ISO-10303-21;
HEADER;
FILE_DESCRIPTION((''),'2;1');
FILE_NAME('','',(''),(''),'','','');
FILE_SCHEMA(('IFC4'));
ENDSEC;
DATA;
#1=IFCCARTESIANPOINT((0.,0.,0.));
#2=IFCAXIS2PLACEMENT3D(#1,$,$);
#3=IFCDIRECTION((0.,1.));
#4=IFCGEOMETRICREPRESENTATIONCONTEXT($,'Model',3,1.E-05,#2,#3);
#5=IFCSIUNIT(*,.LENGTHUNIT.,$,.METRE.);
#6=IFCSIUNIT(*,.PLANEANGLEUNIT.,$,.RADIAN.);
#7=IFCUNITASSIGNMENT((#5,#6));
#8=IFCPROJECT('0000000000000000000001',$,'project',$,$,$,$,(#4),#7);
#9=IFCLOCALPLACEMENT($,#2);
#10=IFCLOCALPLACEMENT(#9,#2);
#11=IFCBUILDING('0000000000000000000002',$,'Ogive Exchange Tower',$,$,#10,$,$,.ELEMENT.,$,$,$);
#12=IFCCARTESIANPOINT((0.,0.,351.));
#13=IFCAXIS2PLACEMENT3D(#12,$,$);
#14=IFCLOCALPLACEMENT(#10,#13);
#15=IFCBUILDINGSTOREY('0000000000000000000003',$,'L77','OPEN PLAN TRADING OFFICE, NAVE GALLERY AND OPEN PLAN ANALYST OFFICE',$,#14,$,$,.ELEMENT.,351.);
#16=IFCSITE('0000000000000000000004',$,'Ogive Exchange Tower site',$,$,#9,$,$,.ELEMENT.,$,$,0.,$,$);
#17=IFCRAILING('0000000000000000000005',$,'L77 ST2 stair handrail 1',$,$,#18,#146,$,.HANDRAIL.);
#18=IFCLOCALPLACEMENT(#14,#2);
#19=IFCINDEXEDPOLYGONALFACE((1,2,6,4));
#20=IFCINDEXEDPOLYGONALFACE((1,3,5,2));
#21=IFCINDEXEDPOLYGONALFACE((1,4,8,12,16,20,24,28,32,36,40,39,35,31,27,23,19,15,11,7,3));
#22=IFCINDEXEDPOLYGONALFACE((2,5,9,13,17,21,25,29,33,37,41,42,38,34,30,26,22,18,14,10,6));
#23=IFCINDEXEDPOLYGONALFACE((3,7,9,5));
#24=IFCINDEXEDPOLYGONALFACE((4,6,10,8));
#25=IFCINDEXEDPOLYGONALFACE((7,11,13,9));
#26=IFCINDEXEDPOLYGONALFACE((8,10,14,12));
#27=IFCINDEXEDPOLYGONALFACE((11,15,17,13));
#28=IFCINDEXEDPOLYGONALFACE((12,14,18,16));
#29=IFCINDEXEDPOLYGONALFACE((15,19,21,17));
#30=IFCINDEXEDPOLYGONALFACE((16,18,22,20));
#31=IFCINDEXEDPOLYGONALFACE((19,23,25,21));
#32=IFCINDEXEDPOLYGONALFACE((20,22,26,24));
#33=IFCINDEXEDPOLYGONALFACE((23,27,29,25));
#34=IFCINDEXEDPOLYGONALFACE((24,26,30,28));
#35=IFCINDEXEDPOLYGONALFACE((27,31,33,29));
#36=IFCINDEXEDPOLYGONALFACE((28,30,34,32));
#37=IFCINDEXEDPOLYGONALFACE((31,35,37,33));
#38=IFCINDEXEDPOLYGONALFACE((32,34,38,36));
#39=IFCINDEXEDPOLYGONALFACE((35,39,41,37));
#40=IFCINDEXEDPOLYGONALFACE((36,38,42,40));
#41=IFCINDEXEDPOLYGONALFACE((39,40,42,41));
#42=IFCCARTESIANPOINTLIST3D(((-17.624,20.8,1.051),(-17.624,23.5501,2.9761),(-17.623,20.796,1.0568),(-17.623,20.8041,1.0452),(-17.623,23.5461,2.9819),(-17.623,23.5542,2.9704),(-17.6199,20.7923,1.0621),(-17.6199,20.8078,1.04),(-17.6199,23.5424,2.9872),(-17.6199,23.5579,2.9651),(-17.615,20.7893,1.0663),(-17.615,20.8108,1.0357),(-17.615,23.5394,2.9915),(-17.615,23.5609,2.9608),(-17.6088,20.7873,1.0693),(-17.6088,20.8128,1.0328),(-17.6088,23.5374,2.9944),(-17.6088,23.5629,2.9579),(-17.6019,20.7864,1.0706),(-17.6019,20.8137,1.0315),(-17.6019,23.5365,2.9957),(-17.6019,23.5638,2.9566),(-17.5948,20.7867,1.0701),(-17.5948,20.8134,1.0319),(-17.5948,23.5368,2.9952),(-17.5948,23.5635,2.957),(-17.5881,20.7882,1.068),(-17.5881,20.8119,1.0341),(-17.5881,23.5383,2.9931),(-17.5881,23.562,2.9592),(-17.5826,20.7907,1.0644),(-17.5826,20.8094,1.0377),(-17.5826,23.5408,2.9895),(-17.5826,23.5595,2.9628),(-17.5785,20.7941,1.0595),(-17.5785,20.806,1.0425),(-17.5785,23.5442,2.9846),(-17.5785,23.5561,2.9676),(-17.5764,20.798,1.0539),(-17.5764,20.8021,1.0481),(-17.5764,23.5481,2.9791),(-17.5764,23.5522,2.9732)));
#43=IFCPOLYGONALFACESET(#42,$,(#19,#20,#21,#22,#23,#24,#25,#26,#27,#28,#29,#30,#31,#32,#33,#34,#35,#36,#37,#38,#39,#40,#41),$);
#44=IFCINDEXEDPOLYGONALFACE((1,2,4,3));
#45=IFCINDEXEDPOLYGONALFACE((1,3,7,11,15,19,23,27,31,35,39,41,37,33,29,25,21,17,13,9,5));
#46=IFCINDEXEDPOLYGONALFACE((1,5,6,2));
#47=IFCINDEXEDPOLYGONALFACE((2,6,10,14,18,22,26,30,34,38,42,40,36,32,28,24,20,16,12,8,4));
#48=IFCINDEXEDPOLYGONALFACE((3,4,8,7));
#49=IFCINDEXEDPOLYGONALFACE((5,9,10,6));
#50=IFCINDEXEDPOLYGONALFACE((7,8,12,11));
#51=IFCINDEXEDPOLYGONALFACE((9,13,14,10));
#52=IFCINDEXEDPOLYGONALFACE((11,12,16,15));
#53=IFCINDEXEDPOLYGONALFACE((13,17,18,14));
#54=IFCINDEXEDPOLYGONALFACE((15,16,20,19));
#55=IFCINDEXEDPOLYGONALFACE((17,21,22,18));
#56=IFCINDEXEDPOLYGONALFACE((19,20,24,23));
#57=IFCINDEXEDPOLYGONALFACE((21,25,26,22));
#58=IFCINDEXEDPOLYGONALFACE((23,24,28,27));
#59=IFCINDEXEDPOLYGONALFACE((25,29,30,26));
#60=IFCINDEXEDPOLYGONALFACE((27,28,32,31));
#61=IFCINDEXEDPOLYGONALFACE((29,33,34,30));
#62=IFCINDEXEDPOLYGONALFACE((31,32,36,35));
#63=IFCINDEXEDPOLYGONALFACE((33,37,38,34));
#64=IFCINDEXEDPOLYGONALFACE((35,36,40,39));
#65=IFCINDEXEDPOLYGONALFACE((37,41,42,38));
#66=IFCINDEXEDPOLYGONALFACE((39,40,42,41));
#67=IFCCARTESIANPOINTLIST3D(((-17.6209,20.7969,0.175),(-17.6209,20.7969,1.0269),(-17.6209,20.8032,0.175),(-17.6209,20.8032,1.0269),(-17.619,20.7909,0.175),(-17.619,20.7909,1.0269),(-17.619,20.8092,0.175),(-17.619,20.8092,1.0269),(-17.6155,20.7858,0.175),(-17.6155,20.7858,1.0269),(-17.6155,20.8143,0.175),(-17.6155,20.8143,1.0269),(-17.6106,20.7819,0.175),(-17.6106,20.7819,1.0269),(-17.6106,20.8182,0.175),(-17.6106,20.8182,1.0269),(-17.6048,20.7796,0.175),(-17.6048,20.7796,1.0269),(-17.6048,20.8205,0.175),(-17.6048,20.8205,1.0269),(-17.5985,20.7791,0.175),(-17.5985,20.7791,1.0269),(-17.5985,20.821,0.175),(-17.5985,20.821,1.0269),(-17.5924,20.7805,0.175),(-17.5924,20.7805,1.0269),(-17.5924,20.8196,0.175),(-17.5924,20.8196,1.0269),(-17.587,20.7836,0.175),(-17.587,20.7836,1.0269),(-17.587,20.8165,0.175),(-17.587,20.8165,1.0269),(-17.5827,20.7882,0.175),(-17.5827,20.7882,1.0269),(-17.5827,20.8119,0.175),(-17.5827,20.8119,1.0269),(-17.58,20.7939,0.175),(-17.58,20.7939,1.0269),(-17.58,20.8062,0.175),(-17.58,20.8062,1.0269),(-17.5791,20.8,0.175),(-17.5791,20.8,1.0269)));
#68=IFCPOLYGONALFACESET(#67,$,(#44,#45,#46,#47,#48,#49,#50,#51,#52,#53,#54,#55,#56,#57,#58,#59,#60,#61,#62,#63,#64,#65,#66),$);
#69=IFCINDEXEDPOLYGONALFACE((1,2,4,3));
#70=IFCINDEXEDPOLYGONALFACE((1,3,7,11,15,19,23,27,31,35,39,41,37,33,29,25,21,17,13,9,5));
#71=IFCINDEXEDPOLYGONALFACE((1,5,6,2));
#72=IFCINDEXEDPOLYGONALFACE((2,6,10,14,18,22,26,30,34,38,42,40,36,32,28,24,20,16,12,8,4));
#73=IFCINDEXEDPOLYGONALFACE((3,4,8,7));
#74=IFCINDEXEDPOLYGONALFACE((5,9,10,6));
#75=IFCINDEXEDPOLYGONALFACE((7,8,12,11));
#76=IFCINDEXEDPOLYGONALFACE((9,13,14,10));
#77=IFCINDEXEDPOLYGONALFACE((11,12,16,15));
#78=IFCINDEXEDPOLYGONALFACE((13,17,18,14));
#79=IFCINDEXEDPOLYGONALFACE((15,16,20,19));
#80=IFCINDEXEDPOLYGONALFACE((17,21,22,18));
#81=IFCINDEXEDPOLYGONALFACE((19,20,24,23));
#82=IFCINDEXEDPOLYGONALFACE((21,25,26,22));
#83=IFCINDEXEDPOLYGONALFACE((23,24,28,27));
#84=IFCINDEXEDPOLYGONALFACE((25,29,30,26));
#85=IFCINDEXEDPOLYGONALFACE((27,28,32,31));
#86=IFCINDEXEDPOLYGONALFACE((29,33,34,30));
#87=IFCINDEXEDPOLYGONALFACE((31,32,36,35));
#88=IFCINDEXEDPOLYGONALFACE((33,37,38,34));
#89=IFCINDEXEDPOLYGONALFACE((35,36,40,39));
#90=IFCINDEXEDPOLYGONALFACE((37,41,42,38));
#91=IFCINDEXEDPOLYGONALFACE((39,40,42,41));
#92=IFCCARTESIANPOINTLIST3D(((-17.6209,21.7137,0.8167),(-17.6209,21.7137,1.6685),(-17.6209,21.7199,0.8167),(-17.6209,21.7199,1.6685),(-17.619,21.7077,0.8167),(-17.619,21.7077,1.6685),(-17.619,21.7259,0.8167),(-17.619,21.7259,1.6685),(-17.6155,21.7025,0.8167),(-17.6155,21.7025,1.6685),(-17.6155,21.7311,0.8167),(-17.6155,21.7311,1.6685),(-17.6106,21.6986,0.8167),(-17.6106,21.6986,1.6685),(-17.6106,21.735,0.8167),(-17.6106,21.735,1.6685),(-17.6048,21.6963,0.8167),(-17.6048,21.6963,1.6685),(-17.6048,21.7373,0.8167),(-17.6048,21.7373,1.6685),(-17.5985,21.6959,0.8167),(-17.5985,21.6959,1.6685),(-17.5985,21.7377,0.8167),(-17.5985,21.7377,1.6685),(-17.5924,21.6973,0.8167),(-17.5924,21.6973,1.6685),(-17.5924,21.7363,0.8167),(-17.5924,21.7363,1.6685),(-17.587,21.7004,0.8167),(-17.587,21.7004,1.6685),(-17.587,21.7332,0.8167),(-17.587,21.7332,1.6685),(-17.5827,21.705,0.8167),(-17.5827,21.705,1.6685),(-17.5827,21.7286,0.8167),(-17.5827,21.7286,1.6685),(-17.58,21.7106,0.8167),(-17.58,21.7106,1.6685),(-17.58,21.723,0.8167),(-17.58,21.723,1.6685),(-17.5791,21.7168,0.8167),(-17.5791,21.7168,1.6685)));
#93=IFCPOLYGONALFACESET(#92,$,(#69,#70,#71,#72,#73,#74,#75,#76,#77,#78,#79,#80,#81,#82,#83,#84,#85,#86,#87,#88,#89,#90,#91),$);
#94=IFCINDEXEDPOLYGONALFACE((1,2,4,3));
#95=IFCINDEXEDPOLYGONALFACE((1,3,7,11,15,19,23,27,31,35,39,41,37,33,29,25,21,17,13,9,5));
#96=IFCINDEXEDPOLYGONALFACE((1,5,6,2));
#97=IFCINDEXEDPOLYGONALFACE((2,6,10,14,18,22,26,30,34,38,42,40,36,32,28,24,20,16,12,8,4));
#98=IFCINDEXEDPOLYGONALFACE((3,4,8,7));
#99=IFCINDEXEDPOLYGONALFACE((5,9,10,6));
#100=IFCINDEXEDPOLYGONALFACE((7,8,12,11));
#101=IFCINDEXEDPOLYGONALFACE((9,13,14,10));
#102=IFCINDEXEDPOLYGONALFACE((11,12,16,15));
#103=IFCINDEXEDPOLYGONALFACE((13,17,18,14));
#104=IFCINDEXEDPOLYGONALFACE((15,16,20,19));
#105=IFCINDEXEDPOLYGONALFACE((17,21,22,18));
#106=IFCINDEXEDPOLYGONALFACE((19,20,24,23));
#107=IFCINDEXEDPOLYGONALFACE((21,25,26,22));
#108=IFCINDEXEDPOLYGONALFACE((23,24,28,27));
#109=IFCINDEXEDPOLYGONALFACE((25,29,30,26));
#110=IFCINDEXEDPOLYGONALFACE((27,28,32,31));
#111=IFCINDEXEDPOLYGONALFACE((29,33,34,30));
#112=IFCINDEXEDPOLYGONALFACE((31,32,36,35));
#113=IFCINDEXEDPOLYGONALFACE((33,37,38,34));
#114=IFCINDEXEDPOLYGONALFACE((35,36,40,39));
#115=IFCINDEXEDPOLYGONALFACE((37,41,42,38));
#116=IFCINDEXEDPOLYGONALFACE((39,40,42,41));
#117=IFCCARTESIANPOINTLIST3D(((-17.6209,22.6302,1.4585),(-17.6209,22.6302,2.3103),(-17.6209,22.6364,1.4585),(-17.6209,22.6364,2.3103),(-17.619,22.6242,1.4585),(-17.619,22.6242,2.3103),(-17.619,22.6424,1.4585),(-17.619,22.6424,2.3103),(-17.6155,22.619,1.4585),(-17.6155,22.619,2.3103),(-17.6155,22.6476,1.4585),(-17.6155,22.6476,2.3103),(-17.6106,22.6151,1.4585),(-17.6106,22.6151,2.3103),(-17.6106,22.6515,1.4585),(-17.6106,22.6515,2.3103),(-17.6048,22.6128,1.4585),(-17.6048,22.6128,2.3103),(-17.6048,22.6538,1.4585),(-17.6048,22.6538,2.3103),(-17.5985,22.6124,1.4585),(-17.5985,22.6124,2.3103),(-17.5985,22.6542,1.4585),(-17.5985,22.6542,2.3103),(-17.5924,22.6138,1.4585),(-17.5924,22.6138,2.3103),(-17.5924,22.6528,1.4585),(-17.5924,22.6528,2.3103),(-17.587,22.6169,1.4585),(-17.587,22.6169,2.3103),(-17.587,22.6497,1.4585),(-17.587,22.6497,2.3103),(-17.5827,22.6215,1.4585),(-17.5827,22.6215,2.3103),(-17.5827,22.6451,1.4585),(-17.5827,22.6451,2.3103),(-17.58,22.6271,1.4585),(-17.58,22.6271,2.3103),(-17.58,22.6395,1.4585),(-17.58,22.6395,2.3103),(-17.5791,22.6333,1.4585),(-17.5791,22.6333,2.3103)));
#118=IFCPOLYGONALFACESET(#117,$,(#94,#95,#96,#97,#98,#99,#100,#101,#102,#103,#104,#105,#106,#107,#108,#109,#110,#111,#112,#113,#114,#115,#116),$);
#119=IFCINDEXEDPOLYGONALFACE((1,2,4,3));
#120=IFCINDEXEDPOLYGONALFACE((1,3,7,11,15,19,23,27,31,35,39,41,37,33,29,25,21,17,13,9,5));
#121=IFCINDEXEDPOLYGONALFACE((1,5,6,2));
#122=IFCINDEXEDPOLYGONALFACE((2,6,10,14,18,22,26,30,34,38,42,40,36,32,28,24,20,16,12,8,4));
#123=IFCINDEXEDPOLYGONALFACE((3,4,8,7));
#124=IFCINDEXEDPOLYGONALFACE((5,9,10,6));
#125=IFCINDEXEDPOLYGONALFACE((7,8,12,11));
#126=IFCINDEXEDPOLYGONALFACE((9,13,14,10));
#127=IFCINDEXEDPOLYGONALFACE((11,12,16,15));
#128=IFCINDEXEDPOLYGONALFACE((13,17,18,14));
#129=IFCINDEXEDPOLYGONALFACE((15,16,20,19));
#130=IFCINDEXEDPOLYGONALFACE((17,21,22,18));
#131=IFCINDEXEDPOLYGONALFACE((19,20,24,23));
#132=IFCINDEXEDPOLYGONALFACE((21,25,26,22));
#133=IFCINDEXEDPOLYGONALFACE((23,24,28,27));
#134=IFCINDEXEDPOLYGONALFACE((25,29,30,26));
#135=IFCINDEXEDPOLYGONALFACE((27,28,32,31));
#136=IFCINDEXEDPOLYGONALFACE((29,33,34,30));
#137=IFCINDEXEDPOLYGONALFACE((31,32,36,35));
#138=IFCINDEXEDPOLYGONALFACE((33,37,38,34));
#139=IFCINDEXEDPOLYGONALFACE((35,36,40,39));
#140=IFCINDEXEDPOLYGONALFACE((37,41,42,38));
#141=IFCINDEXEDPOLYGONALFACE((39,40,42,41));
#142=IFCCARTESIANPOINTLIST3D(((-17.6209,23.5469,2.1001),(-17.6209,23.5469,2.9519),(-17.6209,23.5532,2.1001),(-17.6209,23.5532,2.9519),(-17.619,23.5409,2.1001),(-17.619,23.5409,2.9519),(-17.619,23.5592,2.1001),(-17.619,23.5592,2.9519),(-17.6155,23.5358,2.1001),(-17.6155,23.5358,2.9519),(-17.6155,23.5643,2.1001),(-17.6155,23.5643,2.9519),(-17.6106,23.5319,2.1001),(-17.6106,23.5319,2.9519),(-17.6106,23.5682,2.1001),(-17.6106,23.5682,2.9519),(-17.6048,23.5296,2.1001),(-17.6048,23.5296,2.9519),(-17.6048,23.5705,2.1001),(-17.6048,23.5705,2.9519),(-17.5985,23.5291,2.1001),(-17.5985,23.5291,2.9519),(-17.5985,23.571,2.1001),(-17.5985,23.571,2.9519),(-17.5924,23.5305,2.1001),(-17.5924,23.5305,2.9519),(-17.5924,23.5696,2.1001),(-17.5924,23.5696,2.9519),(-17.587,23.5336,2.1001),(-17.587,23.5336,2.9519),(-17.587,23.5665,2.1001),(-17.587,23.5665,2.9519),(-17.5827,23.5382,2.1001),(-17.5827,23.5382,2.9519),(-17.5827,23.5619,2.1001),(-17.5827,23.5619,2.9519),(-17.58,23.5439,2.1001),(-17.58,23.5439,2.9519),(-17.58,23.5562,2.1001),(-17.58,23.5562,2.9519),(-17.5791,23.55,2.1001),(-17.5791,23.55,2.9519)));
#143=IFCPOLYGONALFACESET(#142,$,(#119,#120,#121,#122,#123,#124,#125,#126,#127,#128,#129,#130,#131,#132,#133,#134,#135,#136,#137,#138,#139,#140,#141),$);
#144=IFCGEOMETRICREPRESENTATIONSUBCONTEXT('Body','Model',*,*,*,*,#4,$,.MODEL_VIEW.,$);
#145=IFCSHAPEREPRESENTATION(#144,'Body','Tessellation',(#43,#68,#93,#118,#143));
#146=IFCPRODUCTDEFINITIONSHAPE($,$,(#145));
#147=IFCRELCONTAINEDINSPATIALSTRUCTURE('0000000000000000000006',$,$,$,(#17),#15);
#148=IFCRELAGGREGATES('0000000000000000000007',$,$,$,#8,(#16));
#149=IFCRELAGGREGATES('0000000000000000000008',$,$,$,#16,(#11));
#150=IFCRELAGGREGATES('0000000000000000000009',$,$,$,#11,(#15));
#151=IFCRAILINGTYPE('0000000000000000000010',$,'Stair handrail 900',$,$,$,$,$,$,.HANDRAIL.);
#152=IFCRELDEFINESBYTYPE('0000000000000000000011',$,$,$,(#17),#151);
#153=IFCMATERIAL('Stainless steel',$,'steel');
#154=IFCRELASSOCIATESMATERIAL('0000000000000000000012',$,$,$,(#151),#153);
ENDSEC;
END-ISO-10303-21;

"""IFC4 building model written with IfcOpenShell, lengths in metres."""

from ifc_helpers import new_model, si_unit, direction, frame, origin, origin_2d, place, context, subcontext, project, spatial, circle, extrude, material, type_object, element, save


model = new_model("IFC4")

# Units and contexts
model_context = context("Model", 3, precision=1e-05, world=origin(), true_north=direction((0.0, 1.0)))
body_context = subcontext(model_context, "Body", "Model", "MODEL_VIEW")
ifc_project = project(units=[si_unit("LENGTHUNIT", "METRE"), si_unit("PLANEANGLEUNIT", "RADIAN")], contexts=[model_context])

# Site, building, storey
site_placement = place(None, origin())
site = spatial("IfcSite", under=ifc_project, at=site_placement, Name="Ogive Exchange Tower site", CompositionType="ELEMENT", RefElevation=0.0)
building_placement = place(site_placement, origin())
building = spatial("IfcBuilding", under=site, at=building_placement, Name="Ogive Exchange Tower", CompositionType="ELEMENT")
storey_placement = place(building_placement, frame((0.0, 0.0, 351.0)))
storey = spatial("IfcBuildingStorey", under=building, at=storey_placement, Name="L77", Description="OPEN PLAN TRADING OFFICE, NAVE GALLERY AND OPEN PLAN ANALYST OFFICE", CompositionType="ELEMENT", Elevation=351.0)

# Railing
ifc_material_1 = material(Name="Stainless steel", Category="steel")
railing_type = type_object("IfcRailingType", Name="Stair handrail 900", PredefinedType="HANDRAIL", material=ifc_material_1)
railing_1_placement = place(storey_placement, frame((-17.6001, 20.8, 0.175)))
element("IfcRailing", 1, at=railing_1_placement, inside=storey, type_object=railing_type, Name="L77 ST2 stair handrail 1", PredefinedType="HANDRAIL", context=body_context, shape_type="SweptSolid", body=[
    extrude(circle(Radius=0.0239, at=origin_2d()), frame((0.0, 0.0, 0.876), z_axis=(0.0, 0.819225, 0.573472), x_axis=(-1.0, 0.0, 0.0)), (0.0, 0.0, 1.0), 3.3569),
    extrude(circle(Radius=0.021, at=origin_2d()), origin(), (0.0, 0.0, 1.0), 0.8518),
    extrude(circle(Radius=0.021, at=origin_2d()), frame((0.0, 0.9167, 0.6416)), (0.0, 0.0, 1.0), 0.8518),
    extrude(circle(Radius=0.021, at=origin_2d()), frame((0.0, 1.8333, 1.2834)), (0.0, 0.0, 1.0), 0.8518),
    extrude(circle(Radius=0.021, at=origin_2d()), frame((0.0, 2.75, 1.925)), (0.0, 0.0, 1.0), 0.8518),
])

save(model, "model.ifc")
